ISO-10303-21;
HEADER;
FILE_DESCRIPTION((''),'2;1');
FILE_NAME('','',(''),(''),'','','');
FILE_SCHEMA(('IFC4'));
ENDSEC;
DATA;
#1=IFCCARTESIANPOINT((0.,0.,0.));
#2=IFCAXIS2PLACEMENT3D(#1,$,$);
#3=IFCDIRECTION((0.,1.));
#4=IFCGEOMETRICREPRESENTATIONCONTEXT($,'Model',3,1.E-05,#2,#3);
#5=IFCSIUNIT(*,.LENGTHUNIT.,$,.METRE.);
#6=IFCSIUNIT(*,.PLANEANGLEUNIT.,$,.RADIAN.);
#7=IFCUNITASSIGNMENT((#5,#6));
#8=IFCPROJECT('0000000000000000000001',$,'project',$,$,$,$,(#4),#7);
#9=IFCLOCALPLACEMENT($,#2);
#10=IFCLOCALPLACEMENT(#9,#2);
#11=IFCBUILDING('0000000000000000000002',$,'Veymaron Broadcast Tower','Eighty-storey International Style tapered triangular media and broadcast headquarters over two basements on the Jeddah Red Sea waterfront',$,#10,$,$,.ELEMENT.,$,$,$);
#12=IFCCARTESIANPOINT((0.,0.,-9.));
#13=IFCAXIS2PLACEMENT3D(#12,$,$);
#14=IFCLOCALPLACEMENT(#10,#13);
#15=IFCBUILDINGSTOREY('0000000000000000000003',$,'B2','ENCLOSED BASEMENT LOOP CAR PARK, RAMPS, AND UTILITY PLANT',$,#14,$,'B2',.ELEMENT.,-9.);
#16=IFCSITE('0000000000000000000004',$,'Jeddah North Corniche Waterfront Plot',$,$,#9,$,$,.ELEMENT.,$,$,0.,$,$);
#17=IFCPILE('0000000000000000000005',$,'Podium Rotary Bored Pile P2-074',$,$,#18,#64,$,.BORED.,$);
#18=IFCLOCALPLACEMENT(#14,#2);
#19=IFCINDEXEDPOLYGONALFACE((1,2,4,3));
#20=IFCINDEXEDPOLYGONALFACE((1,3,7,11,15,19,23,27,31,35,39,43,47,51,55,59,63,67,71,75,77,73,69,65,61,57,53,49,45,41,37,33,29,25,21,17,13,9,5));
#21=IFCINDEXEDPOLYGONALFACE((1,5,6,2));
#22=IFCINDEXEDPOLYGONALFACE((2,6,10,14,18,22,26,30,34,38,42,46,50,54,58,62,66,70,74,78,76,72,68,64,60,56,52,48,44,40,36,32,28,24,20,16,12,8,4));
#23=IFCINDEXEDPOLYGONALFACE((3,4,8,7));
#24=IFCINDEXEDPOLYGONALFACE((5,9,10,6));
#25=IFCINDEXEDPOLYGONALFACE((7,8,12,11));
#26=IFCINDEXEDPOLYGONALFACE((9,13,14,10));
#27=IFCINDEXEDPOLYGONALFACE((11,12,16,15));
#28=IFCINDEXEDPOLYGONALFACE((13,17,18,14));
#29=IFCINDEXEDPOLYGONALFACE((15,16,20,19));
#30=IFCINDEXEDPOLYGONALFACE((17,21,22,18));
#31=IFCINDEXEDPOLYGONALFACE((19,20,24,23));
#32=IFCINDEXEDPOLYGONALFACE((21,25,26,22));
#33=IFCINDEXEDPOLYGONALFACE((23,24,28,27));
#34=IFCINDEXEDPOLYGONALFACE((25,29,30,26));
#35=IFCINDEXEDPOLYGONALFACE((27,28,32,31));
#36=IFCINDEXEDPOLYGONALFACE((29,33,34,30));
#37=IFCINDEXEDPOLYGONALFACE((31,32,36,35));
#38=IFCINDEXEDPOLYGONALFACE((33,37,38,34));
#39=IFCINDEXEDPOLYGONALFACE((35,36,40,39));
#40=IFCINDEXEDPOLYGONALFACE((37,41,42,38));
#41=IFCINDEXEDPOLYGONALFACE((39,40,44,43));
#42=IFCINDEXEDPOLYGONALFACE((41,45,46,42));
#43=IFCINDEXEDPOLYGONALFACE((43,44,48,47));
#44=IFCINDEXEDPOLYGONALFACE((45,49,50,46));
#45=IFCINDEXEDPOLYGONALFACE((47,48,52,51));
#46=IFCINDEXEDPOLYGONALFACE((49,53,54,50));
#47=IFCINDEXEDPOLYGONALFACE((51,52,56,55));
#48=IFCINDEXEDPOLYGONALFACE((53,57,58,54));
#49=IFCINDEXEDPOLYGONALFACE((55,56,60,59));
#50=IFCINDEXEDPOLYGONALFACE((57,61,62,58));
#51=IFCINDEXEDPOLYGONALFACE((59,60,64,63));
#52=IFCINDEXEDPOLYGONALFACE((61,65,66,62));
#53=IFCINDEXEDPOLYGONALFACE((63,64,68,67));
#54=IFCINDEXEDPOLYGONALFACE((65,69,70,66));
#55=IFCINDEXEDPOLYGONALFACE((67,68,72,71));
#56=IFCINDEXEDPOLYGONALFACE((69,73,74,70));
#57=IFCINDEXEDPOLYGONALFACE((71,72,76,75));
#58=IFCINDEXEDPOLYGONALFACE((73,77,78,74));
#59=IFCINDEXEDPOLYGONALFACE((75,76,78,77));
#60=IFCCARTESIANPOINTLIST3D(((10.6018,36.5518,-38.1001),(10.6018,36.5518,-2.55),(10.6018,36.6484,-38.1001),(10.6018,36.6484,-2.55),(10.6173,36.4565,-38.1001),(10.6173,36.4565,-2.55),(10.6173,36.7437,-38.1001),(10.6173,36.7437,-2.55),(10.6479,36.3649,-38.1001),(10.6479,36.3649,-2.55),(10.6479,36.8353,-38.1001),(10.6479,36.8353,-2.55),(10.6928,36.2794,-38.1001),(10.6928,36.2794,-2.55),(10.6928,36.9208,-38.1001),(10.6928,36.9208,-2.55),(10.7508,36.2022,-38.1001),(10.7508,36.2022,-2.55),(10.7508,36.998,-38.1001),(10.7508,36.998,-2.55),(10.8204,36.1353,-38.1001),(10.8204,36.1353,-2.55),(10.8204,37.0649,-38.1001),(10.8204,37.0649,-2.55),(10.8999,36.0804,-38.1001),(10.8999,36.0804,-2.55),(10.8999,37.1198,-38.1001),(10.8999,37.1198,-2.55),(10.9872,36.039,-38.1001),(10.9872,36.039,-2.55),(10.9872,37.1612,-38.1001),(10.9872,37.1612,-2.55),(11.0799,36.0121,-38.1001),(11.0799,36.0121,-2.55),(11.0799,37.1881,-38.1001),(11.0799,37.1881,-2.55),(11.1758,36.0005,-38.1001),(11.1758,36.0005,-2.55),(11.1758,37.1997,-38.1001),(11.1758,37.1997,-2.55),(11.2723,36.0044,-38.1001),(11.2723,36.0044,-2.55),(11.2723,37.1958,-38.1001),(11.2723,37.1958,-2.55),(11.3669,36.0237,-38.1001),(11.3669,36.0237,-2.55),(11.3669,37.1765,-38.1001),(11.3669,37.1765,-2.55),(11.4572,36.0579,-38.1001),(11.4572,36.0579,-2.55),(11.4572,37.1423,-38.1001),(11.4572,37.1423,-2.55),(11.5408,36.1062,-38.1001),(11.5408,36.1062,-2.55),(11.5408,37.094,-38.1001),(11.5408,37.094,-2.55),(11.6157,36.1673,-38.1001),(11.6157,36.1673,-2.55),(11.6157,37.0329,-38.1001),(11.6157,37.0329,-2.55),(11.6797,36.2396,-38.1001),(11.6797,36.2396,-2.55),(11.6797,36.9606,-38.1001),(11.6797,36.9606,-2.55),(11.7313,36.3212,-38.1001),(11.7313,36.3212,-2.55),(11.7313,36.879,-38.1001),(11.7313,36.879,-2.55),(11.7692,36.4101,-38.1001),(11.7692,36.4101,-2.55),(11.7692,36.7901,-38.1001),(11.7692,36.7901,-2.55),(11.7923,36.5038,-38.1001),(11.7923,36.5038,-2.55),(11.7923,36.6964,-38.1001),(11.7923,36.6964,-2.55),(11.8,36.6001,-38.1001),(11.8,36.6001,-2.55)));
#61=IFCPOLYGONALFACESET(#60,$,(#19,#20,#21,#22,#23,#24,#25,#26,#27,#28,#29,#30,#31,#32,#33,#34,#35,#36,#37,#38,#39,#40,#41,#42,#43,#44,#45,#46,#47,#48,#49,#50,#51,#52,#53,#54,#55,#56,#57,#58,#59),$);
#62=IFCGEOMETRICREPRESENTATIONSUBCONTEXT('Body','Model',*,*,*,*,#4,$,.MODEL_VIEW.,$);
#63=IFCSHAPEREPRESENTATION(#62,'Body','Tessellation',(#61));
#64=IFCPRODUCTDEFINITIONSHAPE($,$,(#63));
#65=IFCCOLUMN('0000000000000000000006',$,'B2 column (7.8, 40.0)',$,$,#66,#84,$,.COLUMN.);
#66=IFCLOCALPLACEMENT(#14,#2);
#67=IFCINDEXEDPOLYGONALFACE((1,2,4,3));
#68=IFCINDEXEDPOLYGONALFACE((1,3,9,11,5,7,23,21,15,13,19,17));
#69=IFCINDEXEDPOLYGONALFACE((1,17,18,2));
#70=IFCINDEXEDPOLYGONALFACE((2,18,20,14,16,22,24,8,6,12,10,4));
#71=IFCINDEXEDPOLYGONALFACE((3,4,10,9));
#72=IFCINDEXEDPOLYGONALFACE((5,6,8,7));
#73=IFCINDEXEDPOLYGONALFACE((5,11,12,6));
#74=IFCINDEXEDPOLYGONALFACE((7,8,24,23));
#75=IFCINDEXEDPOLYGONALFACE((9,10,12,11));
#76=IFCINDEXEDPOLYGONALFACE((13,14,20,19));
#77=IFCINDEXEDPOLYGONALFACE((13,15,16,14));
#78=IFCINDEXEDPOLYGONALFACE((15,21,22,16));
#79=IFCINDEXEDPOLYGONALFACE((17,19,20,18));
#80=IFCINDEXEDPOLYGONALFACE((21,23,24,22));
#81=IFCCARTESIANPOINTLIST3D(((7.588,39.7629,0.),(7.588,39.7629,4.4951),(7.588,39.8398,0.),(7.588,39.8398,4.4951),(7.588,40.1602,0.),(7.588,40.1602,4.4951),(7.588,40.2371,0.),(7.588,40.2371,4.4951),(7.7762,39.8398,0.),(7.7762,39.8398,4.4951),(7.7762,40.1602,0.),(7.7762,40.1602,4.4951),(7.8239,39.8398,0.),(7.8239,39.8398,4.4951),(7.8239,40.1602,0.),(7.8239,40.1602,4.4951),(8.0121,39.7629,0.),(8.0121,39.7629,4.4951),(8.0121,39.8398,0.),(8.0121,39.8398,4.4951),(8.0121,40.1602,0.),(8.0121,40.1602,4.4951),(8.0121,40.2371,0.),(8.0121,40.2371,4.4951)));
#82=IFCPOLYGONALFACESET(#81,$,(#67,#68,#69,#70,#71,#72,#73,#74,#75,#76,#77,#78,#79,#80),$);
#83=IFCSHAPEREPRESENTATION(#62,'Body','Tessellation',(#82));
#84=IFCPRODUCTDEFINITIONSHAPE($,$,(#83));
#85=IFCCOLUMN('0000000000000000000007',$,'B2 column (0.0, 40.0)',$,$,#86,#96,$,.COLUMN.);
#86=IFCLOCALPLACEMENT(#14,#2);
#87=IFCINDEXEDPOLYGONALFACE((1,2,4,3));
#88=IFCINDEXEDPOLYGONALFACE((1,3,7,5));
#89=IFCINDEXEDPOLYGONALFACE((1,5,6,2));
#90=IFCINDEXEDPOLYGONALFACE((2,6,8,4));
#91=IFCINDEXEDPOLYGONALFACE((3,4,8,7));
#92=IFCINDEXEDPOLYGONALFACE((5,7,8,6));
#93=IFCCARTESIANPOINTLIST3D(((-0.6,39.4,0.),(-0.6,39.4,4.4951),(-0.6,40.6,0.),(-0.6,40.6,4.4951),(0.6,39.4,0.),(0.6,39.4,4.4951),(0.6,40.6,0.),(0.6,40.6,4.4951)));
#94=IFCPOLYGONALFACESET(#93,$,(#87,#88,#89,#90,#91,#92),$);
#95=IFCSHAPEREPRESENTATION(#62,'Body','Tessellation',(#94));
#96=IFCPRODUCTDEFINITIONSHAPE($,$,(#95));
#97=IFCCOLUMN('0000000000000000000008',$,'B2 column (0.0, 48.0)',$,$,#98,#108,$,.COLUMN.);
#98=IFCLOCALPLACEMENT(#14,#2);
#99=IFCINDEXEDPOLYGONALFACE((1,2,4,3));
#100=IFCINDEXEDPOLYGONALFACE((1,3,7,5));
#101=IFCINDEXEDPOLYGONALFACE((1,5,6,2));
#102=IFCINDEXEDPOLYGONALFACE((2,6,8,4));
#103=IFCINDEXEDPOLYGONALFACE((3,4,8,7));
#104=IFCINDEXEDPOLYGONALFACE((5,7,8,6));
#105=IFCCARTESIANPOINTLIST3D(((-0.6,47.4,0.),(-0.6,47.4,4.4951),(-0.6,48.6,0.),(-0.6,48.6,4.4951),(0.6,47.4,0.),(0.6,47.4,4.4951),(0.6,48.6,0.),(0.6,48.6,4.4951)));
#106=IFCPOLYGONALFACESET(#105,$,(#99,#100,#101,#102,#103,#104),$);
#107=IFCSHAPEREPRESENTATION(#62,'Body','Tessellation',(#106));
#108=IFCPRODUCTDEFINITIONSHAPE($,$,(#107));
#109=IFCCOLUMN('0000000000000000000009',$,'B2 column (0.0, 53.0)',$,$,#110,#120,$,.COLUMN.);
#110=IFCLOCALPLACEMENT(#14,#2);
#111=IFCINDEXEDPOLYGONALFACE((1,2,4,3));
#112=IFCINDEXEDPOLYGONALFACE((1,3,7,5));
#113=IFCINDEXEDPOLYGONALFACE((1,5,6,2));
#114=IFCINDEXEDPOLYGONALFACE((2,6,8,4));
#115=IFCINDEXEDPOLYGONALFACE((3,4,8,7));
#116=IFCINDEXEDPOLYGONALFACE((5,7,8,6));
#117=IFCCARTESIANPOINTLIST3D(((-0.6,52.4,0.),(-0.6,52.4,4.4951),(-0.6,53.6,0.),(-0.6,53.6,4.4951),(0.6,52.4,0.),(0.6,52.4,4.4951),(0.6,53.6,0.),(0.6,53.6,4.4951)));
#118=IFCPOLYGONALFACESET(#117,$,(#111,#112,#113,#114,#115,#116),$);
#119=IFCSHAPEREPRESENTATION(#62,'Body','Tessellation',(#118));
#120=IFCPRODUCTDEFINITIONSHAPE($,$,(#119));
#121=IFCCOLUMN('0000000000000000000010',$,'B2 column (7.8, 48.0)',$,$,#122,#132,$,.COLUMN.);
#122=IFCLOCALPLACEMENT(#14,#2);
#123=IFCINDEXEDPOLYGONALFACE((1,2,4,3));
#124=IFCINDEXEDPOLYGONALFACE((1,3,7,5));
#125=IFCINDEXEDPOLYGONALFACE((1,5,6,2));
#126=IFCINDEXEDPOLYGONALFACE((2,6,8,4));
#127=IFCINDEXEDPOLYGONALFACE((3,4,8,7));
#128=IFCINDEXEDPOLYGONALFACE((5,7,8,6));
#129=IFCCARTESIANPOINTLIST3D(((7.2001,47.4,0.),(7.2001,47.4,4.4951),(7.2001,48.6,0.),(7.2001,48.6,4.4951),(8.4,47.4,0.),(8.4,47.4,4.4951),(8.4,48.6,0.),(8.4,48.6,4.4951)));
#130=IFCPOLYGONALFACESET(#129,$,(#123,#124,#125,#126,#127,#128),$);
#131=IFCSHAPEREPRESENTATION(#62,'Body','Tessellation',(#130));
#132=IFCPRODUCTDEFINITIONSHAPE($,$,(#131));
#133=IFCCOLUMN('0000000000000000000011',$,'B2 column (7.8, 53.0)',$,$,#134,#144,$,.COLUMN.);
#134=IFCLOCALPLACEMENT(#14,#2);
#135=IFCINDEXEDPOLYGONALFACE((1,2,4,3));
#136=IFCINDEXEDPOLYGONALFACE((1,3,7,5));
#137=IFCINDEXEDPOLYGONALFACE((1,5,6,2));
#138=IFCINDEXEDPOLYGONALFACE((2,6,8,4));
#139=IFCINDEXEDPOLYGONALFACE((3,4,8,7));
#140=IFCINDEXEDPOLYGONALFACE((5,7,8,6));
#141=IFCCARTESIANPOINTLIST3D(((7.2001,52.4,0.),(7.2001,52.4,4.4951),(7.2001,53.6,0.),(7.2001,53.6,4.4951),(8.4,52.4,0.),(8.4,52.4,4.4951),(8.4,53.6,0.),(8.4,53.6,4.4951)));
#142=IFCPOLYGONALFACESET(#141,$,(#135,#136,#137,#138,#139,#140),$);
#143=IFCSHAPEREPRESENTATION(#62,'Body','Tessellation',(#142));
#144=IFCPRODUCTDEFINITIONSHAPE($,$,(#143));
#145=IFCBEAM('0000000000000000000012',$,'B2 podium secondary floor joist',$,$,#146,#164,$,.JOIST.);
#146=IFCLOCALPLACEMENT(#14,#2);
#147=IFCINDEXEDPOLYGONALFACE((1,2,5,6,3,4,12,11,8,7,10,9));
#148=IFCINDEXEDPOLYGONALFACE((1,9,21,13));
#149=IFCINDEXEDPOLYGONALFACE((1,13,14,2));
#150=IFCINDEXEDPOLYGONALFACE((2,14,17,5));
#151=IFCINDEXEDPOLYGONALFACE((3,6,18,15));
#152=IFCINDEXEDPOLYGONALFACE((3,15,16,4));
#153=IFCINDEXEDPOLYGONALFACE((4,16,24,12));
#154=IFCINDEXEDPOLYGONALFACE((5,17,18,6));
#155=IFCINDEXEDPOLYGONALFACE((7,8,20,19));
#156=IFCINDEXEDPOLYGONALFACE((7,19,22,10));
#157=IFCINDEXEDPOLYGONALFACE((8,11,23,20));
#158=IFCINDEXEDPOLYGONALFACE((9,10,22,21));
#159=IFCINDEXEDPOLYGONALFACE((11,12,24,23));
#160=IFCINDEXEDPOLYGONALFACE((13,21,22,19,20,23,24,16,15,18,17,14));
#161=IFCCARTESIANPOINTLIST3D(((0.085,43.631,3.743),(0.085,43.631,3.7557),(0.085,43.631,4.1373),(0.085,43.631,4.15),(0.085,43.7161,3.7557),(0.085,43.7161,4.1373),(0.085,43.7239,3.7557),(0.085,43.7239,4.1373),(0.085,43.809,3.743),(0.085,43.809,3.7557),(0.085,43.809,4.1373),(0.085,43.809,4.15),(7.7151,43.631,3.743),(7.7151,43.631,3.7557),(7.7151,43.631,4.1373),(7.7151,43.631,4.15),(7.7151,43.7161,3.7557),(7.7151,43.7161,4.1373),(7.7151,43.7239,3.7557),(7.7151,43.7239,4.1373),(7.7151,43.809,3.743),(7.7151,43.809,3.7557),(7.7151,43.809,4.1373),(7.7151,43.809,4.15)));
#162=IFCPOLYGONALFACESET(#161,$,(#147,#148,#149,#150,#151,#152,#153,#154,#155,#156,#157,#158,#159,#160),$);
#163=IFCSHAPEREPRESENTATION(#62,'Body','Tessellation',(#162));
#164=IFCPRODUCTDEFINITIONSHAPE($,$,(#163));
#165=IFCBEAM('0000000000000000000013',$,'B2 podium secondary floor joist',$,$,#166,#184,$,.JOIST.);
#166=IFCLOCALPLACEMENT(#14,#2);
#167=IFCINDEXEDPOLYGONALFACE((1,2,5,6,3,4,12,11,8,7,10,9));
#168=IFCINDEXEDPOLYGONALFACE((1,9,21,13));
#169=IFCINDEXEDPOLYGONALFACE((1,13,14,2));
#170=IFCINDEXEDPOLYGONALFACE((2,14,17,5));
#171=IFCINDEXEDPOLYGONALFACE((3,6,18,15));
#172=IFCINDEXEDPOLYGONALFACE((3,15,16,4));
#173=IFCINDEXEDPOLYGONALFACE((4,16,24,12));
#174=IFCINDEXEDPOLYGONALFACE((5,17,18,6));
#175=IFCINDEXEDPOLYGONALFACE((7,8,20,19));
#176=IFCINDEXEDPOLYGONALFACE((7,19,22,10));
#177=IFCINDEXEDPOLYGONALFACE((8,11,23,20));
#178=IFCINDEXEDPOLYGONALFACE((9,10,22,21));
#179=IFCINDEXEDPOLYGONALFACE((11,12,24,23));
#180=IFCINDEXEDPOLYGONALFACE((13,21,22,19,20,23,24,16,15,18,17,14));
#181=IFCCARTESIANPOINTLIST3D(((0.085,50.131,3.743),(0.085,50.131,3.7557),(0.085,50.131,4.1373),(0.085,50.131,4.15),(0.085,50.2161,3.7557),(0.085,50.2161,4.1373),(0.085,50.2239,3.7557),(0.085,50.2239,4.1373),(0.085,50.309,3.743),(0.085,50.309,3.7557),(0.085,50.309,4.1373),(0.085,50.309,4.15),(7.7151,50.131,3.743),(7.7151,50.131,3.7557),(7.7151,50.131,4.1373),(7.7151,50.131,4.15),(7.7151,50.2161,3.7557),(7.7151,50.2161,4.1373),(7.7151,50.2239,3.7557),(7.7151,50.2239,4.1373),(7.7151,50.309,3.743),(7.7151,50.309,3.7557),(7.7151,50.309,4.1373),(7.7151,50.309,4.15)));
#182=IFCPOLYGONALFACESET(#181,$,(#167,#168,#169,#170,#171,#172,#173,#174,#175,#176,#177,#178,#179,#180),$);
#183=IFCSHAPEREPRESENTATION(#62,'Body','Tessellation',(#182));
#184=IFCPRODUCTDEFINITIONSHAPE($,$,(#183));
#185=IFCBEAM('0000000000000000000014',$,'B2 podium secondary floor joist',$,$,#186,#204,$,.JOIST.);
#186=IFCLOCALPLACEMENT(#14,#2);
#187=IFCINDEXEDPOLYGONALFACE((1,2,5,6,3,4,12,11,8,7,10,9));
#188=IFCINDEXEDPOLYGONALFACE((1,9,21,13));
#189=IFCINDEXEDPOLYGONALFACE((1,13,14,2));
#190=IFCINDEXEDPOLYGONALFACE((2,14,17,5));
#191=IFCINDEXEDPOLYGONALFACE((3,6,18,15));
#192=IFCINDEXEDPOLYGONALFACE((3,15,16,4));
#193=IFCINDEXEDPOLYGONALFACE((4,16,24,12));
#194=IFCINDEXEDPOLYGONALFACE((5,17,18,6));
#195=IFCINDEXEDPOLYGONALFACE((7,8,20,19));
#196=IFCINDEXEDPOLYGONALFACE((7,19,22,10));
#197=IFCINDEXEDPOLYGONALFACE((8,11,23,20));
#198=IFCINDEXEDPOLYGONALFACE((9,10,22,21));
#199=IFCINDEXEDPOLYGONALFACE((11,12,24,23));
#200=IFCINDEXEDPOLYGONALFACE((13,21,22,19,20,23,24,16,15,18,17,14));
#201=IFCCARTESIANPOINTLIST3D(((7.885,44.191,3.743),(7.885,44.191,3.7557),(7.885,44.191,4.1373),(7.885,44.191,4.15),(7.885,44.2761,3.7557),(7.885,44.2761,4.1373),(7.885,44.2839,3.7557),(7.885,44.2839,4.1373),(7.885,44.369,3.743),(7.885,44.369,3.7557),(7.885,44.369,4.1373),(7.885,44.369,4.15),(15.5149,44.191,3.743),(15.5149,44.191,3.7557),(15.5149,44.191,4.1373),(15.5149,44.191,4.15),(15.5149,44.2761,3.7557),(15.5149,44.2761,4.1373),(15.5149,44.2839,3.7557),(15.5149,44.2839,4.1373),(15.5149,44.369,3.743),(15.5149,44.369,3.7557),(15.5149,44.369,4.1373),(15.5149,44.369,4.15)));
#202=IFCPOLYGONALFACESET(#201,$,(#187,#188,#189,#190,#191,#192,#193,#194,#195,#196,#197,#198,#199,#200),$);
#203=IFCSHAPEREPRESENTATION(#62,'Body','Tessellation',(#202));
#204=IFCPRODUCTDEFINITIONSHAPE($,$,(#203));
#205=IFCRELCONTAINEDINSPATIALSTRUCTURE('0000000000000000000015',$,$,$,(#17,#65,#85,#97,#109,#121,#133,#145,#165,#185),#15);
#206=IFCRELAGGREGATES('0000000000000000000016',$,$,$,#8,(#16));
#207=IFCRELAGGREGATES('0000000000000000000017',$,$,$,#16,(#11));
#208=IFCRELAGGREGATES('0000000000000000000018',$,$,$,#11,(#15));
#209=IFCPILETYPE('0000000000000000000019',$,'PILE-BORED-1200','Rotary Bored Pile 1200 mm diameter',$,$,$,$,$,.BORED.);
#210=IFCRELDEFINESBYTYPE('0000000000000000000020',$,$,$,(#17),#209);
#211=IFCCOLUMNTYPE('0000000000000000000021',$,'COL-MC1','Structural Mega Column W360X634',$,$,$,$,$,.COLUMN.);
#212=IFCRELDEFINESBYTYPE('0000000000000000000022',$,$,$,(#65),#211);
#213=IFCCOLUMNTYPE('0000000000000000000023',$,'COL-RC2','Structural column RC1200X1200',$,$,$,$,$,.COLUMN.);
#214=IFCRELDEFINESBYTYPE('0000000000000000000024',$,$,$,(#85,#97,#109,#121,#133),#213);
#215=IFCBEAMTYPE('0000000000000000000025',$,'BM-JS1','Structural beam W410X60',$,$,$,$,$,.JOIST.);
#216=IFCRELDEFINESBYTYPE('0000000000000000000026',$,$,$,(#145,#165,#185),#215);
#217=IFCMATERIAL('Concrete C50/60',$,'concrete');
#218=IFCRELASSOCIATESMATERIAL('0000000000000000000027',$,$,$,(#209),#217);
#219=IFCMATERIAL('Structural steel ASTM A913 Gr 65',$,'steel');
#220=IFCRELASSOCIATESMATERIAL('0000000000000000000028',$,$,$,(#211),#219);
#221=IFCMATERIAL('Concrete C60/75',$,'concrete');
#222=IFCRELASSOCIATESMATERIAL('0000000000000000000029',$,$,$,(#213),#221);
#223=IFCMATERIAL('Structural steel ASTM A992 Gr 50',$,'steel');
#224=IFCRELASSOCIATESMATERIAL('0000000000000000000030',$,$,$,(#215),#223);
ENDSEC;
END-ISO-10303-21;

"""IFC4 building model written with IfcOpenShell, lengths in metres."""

from ifc_helpers import new_model, si_unit, direction, frame, origin, origin_2d, place, context, subcontext, project, spatial, rectangle, circle, i_section, extrude, material, material_profile, profile_set, type_object, element, save


model = new_model("IFC4")

# Units and contexts
model_context = context("Model", 3, precision=1e-05, world=origin(), true_north=direction((0.0, 1.0)))
body_context = subcontext(model_context, "Body", "Model", "MODEL_VIEW")
ifc_project = project(units=[si_unit("LENGTHUNIT", "METRE"), si_unit("PLANEANGLEUNIT", "RADIAN")], contexts=[model_context])

# Site, building, storey
site_placement = place(None, origin())
site = spatial("IfcSite", under=ifc_project, at=site_placement, Name="Jeddah North Corniche Waterfront Plot", CompositionType="ELEMENT", RefElevation=0.0)
building_placement = place(site_placement, origin())
building = spatial("IfcBuilding", under=site, at=building_placement, Name="Veymaron Broadcast Tower", Description="Eighty-storey International Style tapered triangular media and broadcast headquarters over two basements on the Jeddah Red Sea waterfront", CompositionType="ELEMENT")
storey_placement = place(building_placement, frame((0.0, 0.0, -9.0)))
storey = spatial("IfcBuildingStorey", under=building, at=storey_placement, Name="B2", Description="ENCLOSED BASEMENT LOOP CAR PARK, RAMPS, AND UTILITY PLANT", LongName="B2", CompositionType="ELEMENT", Elevation=-9.0)

# Pile
ifc_material_1 = material(Name="Concrete C50/60", Category="concrete")
ifc_material_profile_1 = material_profile(ifc_material_1, circle(Radius=0.6001, at=origin_2d()), Name="PILE1200")
ifc_profile_set_1 = profile_set([ifc_material_profile_1], Name="Concrete C50/60")
pile_type = type_object("IfcPileType", Name="PILE-BORED-1200", Description="Rotary Bored Pile 1200 mm diameter", PredefinedType="BORED", material=ifc_profile_set_1)
for number, where, z_axis, x_axis, name in (
    (1, (11.2, 36.6001, -2.55), (0.0, 0.0, -1.0), (1.0, 0.0, 0.0), "Podium Rotary Bored Pile P2-074"),
):
    element("IfcPile", number, at=place(storey_placement, frame(where, z_axis=z_axis, x_axis=x_axis)), inside=storey, type_object=pile_type, Name=name, PredefinedType="BORED", context=body_context, shape_type="SweptSolid", body=[
        extrude(circle(Radius=0.6001, at=origin_2d()), origin(), (0.0, 0.0, 1.0), 35.55),
    ])

# Columns
ifc_material_2 = material(Name="Structural steel ASTM A913 Gr 65", Category="steel")
ifc_material_profile_2 = material_profile(ifc_material_2, i_section(OverallWidth=0.4241, OverallDepth=0.4741, WebThickness=0.0476, FlangeThickness=0.0769, at=origin_2d()), Name="W360X634")
ifc_profile_set_2 = profile_set([ifc_material_profile_2], Name="Structural steel ASTM A913 Gr 65")
column_type_1 = type_object("IfcColumnType", Name="COL-MC1", Description="Structural Mega Column W360X634", PredefinedType="COLUMN", material=ifc_profile_set_2)
column_placement = place(storey_placement, frame((7.8, 40.0, 0.0), z_axis=(0.0, 0.0, 1.0), x_axis=(1.0, 0.0, 0.0)))
element("IfcColumn", 2, at=column_placement, inside=storey, type_object=column_type_1, Name="B2 column (7.8, 40.0)", PredefinedType="COLUMN", context=body_context, shape_type="SweptSolid", body=[
    extrude(i_section(OverallWidth=0.4241, OverallDepth=0.4741, WebThickness=0.0476, FlangeThickness=0.0769, at=origin_2d()), origin(), (0.0, 0.0, 1.0), 4.4951),
])
ifc_material_3 = material(Name="Concrete C60/75", Category="concrete")
ifc_material_profile_3 = material_profile(ifc_material_3, rectangle(XDim=1.2, YDim=1.2, at=origin_2d()), Name="RC1200X1200")
ifc_profile_set_3 = profile_set([ifc_material_profile_3], Name="Concrete C60/75")
column_type_2 = type_object("IfcColumnType", Name="COL-RC2", Description="Structural column RC1200X1200", PredefinedType="COLUMN", material=ifc_profile_set_3)
for number, where, z_axis, x_axis, name in (
    (3, (0.0, 40.0, 0.0), (0.0, 0.0, 1.0), (1.0, 0.0, 0.0), "B2 column (0.0, 40.0)"),
    (4, (0.0, 48.0, 0.0), (0.0, 0.0, 1.0), (1.0, 0.0, 0.0), "B2 column (0.0, 48.0)"),
    (5, (0.0, 53.0, 0.0), (0.0, 0.0, 1.0), (1.0, 0.0, 0.0), "B2 column (0.0, 53.0)"),
    (6, (7.8, 48.0, 0.0), (0.0, 0.0, 1.0), (1.0, 0.0, 0.0), "B2 column (7.8, 48.0)"),
    (7, (7.8, 53.0, 0.0), (0.0, 0.0, 1.0), (1.0, 0.0, 0.0), "B2 column (7.8, 53.0)"),
):
    element("IfcColumn", number, at=place(storey_placement, frame(where, z_axis=z_axis, x_axis=x_axis)), inside=storey, type_object=column_type_2, Name=name, PredefinedType="COLUMN", context=body_context, shape_type="SweptSolid", body=[
        extrude(rectangle(XDim=1.2, YDim=1.2, at=origin_2d()), origin(), (0.0, 0.0, 1.0), 4.4951),
    ])

# Beams
ifc_material_4 = material(Name="Structural steel ASTM A992 Gr 50", Category="steel")
ifc_material_profile_4 = material_profile(ifc_material_4, i_section(OverallWidth=0.178, OverallDepth=0.407, WebThickness=0.0078, FlangeThickness=0.0127, at=origin_2d()), Name="W410X60")
ifc_profile_set_4 = profile_set([ifc_material_profile_4], Name="Structural steel ASTM A992 Gr 50")
beam_type_1 = type_object("IfcBeamType", Name="BM-JS1", Description="Structural beam W410X60", PredefinedType="JOIST", material=ifc_profile_set_4)
for number, where, z_axis, x_axis, name in (
    (8, (0.085, 43.72, 3.9465), (1.0, 0.0, 0.0), (0.0, 1.0, 0.0), "B2 podium secondary floor joist"),
    (9, (0.085, 50.22, 3.9465), (1.0, 0.0, 0.0), (0.0, 1.0, 0.0), "B2 podium secondary floor joist"),
):
    element("IfcBeam", number, at=place(storey_placement, frame(where, z_axis=z_axis, x_axis=x_axis)), inside=storey, type_object=beam_type_1, Name=name, PredefinedType="JOIST", context=body_context, shape_type="SweptSolid", body=[
        extrude(i_section(OverallWidth=0.178, OverallDepth=0.407, WebThickness=0.0078, FlangeThickness=0.0127, at=origin_2d()), origin(), (0.0, 0.0, 1.0), 7.6301),
    ])
for number, where, z_axis, x_axis, name in (
    (10, (7.885, 44.28, 3.9465), (1.0, 0.0, 0.0), (0.0, 1.0, 0.0), "B2 podium secondary floor joist"),
):
    element("IfcBeam", number, at=place(storey_placement, frame(where, z_axis=z_axis, x_axis=x_axis)), inside=storey, type_object=beam_type_1, Name=name, PredefinedType="JOIST", context=body_context, shape_type="SweptSolid", body=[
        extrude(i_section(OverallWidth=0.178, OverallDepth=0.407, WebThickness=0.0078, FlangeThickness=0.0127, at=origin_2d()), origin(), (0.0, 0.0, 1.0), 7.6299),
    ])

save(model, "model.ifc")
